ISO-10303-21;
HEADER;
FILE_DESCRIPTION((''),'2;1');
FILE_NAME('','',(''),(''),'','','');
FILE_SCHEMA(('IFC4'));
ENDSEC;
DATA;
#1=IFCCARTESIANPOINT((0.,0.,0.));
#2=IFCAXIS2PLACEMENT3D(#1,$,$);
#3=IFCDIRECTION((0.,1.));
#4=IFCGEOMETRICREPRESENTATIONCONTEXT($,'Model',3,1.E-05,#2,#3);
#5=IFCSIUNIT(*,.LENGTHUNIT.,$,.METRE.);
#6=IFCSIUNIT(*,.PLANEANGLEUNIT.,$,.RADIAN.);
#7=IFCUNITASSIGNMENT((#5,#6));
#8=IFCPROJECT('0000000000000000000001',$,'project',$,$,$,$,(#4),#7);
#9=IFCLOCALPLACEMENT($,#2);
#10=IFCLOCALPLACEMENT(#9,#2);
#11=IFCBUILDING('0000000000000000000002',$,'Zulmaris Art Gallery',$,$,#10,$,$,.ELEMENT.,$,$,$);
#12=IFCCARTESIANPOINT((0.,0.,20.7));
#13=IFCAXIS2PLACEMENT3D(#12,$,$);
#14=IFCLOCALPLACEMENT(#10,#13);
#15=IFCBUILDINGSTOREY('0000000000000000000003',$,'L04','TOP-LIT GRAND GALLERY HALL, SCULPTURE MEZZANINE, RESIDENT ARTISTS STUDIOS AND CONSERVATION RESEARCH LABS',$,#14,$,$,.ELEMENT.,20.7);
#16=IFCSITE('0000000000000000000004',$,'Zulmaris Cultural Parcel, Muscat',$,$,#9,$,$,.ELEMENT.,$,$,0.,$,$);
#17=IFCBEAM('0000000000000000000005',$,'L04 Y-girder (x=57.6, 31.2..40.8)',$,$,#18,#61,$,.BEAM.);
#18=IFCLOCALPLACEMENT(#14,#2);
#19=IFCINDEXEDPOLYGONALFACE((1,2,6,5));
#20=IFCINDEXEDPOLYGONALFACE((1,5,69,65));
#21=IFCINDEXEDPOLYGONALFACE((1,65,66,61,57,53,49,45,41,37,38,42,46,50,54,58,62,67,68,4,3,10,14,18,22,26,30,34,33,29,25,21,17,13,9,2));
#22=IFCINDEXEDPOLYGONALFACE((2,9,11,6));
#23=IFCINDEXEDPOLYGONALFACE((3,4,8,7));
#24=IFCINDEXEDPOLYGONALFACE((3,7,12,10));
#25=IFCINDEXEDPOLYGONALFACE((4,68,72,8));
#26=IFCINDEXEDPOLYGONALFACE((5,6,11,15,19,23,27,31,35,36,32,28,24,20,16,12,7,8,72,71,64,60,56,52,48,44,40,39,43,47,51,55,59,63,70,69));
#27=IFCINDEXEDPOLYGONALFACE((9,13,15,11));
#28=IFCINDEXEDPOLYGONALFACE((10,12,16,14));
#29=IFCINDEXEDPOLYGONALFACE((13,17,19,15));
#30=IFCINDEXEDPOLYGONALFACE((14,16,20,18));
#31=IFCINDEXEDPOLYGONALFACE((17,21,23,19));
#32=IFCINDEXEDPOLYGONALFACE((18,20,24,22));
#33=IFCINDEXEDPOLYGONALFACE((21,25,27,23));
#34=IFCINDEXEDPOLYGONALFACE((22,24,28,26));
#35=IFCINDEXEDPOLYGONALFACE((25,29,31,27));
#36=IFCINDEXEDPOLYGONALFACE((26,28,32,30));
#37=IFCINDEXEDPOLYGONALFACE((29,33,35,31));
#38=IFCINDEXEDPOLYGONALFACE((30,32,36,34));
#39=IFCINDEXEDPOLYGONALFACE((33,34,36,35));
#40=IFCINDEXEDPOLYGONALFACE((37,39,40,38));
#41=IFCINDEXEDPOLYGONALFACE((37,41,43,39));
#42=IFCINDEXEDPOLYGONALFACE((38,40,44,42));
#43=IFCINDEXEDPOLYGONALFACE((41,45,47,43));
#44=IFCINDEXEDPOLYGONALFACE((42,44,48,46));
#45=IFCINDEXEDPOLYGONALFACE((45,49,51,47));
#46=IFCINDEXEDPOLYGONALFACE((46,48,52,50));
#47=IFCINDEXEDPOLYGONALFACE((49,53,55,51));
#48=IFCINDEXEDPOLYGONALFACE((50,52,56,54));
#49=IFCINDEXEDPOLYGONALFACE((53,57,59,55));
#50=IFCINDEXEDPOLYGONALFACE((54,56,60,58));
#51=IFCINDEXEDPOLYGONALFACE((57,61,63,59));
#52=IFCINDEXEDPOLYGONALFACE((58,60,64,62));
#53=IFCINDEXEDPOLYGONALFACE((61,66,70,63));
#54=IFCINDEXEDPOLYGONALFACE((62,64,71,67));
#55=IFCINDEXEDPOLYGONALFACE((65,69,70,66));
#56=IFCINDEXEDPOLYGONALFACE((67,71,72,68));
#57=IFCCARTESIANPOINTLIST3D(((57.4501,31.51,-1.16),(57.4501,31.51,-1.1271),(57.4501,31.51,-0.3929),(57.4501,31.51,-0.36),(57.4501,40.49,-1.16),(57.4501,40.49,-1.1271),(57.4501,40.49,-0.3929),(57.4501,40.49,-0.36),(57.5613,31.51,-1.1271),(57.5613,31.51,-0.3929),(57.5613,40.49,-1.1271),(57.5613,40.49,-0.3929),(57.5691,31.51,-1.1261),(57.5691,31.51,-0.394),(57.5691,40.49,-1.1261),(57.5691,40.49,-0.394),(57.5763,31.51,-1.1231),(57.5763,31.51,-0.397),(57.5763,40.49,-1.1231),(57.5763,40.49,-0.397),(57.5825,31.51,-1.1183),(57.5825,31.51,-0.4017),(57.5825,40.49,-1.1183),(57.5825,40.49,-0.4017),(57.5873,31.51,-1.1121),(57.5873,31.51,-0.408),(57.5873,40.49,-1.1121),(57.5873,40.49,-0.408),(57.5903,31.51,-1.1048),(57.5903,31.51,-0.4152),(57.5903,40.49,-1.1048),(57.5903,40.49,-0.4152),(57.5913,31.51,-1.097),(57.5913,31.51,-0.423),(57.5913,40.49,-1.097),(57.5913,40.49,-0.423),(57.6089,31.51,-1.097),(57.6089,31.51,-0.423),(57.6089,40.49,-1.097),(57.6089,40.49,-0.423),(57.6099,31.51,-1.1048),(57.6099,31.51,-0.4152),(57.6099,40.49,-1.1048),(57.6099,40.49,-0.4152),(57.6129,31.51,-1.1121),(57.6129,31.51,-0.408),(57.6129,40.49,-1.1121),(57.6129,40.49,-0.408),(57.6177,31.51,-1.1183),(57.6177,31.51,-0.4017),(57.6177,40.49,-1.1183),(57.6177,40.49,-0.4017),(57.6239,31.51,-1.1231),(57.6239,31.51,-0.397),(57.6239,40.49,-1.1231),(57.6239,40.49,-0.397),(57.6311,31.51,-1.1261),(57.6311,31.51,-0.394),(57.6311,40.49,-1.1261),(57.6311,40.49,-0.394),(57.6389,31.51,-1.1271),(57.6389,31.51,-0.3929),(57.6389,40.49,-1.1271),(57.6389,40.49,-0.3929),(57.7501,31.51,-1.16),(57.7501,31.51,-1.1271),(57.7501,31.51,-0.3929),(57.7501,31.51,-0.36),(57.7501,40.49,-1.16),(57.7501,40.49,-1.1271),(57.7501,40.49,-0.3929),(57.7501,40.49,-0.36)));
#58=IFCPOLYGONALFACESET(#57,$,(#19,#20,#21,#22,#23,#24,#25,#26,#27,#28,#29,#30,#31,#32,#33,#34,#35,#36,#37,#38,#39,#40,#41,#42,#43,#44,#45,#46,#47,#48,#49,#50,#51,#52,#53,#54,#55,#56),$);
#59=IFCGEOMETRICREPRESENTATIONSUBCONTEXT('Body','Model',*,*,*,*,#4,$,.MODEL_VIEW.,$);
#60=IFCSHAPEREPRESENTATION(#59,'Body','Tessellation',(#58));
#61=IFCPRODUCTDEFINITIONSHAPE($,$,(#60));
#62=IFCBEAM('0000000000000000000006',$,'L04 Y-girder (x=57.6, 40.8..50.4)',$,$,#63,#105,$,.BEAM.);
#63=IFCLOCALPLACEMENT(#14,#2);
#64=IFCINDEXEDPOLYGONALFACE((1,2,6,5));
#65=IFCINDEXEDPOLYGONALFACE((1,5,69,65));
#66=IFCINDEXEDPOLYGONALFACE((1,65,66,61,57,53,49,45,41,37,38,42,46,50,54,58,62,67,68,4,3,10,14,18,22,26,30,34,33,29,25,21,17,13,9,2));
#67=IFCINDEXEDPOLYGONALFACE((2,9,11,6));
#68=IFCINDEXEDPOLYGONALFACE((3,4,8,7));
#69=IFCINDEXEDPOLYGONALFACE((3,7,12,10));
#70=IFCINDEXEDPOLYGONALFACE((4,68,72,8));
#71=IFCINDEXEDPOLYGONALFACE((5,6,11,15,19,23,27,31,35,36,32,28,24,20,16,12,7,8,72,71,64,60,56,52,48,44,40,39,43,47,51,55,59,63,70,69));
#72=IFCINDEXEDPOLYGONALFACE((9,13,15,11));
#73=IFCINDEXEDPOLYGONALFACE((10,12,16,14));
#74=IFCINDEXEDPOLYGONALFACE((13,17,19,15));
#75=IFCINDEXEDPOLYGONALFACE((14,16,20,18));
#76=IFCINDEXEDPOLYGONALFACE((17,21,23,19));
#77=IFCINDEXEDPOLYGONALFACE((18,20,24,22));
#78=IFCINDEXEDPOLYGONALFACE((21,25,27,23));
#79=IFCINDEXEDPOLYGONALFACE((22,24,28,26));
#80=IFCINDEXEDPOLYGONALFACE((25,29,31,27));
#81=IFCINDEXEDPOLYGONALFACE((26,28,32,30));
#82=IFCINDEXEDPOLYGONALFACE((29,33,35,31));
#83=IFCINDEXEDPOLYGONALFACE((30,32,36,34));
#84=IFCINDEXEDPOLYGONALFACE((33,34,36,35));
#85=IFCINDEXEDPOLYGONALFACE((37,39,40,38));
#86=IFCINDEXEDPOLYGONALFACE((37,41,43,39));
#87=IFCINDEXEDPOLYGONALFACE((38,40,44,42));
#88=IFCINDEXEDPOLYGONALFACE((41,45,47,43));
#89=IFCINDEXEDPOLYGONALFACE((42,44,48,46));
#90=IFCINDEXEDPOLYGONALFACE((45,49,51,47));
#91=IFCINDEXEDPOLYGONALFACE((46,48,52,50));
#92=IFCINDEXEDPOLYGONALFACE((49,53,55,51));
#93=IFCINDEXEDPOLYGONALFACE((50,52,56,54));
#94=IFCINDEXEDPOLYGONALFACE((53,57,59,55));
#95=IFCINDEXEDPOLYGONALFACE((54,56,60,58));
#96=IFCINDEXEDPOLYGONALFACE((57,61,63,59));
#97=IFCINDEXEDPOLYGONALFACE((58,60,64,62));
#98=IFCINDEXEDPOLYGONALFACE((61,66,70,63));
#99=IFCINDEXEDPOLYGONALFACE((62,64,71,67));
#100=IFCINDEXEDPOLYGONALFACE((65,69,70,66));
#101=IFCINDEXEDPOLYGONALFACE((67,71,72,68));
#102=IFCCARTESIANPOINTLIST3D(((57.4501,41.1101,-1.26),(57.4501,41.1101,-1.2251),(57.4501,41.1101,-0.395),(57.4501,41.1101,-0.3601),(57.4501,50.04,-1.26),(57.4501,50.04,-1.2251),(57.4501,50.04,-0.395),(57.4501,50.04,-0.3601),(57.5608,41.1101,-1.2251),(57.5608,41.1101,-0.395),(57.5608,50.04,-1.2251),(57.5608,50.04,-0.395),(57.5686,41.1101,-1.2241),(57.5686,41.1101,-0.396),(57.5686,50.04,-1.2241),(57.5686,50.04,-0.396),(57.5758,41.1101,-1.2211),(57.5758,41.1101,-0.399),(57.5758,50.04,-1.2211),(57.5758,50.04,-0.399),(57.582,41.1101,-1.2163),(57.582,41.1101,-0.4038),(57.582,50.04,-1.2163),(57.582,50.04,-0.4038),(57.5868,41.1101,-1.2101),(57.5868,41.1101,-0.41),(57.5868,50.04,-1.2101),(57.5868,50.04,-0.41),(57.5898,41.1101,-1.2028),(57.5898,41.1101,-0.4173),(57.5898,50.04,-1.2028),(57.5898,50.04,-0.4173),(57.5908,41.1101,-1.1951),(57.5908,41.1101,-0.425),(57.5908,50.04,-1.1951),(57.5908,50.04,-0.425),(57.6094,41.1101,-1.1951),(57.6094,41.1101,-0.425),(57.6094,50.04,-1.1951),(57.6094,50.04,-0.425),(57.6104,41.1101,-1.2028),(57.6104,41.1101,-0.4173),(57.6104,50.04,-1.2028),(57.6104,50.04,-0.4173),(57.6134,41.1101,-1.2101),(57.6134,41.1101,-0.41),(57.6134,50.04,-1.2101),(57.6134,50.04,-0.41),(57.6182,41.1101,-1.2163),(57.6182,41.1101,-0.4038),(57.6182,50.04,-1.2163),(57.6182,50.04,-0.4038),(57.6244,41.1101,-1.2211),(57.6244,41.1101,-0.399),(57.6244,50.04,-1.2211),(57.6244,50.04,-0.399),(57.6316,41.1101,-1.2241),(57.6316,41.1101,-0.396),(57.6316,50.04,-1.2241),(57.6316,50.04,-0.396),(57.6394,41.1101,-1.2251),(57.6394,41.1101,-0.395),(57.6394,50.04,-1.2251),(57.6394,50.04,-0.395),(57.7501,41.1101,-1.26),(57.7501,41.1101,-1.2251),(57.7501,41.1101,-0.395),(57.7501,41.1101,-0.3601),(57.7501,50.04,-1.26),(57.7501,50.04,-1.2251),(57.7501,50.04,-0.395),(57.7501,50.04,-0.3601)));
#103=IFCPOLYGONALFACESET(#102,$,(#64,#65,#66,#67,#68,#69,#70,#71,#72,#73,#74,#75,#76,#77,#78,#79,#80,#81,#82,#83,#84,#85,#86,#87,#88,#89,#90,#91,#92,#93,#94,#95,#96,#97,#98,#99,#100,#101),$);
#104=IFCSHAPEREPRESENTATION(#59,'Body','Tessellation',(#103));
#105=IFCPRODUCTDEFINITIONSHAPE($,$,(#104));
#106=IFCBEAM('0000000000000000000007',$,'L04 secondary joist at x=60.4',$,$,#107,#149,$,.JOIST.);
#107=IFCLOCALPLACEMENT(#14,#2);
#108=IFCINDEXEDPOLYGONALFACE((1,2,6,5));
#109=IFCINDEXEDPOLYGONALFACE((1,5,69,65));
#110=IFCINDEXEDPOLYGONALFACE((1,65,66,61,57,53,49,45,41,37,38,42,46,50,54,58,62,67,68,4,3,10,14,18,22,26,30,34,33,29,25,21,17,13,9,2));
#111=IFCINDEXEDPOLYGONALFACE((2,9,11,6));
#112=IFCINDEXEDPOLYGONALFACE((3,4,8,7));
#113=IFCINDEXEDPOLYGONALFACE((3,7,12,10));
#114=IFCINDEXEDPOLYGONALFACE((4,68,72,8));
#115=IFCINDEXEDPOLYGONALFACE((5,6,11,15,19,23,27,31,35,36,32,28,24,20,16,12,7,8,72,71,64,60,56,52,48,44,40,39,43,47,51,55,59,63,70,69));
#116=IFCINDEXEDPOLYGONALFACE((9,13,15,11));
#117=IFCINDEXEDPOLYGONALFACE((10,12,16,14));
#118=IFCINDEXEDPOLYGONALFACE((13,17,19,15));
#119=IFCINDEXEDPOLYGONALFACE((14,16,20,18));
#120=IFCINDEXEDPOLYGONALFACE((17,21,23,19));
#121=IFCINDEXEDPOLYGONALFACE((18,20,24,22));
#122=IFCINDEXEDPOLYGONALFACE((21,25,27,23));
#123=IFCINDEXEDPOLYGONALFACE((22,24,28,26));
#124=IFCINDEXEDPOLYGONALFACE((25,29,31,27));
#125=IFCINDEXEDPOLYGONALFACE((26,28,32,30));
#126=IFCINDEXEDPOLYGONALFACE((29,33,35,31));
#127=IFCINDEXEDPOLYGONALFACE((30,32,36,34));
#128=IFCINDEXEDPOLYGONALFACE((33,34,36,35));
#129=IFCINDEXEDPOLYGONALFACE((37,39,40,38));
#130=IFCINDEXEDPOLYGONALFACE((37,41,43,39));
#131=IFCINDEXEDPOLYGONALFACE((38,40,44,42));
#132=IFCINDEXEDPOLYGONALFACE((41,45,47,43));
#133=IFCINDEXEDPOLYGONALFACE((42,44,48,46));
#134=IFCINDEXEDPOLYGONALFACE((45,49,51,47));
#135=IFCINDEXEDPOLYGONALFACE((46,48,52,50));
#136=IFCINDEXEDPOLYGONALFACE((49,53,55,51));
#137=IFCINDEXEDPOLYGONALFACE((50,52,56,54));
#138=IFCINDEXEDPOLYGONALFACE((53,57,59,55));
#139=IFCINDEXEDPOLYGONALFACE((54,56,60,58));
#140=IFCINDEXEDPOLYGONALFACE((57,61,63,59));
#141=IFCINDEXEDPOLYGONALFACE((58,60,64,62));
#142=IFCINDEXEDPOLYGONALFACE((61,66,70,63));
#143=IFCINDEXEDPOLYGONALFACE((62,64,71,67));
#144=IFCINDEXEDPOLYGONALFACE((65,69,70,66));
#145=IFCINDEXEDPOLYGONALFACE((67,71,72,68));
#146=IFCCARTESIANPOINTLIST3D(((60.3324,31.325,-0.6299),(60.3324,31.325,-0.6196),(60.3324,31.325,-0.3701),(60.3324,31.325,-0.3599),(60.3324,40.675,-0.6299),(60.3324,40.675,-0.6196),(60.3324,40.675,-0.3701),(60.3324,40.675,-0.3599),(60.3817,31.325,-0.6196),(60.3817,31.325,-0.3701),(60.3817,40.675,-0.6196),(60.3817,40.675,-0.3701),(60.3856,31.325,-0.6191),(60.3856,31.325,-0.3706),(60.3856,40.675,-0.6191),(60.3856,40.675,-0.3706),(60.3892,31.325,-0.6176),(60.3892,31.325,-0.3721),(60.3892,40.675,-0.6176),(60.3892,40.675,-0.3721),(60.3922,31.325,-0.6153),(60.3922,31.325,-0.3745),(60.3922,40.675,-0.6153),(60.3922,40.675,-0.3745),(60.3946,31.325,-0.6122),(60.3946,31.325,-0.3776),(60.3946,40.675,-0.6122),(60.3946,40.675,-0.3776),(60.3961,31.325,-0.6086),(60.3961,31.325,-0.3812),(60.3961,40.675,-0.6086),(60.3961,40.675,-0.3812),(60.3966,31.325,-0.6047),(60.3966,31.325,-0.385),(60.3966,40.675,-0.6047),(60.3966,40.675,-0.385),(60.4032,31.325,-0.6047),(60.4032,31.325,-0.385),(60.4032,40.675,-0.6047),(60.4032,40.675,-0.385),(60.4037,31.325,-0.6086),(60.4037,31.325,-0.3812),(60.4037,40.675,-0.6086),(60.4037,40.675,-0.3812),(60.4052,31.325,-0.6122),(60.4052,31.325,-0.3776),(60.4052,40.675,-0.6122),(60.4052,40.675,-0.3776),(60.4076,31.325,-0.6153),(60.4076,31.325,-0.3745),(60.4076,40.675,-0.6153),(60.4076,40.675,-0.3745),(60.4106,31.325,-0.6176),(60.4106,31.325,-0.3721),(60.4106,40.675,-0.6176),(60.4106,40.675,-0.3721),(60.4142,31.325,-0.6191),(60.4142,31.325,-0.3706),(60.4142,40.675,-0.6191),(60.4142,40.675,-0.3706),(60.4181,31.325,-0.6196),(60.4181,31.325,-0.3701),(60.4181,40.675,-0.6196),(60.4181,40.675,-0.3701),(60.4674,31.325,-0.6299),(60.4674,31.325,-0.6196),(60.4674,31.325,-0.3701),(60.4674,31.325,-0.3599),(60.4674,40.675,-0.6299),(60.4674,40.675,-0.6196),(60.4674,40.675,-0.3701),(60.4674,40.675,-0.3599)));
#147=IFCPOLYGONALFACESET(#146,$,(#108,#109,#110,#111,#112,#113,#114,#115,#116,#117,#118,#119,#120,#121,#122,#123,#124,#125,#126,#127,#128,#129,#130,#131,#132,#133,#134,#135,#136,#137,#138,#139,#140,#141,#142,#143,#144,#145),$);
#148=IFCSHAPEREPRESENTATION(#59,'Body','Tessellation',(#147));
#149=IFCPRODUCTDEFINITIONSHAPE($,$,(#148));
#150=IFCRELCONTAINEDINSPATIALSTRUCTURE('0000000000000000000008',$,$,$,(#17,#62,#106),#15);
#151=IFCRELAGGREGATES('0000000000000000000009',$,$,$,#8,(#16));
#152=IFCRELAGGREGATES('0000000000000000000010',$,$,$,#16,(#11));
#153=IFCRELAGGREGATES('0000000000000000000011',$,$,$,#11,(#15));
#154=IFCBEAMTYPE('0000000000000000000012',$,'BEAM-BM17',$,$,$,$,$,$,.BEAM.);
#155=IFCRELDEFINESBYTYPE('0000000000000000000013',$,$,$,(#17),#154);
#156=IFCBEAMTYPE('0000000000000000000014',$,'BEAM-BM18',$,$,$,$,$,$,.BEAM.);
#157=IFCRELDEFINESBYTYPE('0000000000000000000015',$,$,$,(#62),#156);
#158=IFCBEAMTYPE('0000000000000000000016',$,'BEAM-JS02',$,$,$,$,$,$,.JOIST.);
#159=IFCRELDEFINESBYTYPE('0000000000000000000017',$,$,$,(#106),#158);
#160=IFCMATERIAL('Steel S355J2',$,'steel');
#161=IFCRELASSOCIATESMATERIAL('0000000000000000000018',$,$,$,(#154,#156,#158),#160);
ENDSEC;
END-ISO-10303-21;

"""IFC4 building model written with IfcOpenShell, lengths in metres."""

from ifc_helpers import new_model, si_unit, direction, frame, origin, origin_2d, place, context, subcontext, project, spatial, i_section, extrude, material, material_profile, profile_set, type_object, element, save


model = new_model("IFC4")

# Units and contexts
model_context = context("Model", 3, precision=1e-05, world=origin(), true_north=direction((0.0, 1.0)))
body_context = subcontext(model_context, "Body", "Model", "MODEL_VIEW")
ifc_project = project(units=[si_unit("LENGTHUNIT", "METRE"), si_unit("PLANEANGLEUNIT", "RADIAN")], contexts=[model_context])

# Site, building, storey
site_placement = place(None, origin())
site = spatial("IfcSite", under=ifc_project, at=site_placement, Name="Zulmaris Cultural Parcel, Muscat", CompositionType="ELEMENT", RefElevation=0.0)
building_placement = place(site_placement, origin())
building = spatial("IfcBuilding", under=site, at=building_placement, Name="Zulmaris Art Gallery", CompositionType="ELEMENT")
storey_placement = place(building_placement, frame((0.0, 0.0, 20.7)))
storey = spatial("IfcBuildingStorey", under=building, at=storey_placement, Name="L04", Description="TOP-LIT GRAND GALLERY HALL, SCULPTURE MEZZANINE, RESIDENT ARTISTS STUDIOS AND CONSERVATION RESEARCH LABS", CompositionType="ELEMENT", Elevation=20.7)

# Beams
ifc_material_1 = material(Name="Steel S355J2", Category="steel")
ifc_material_profile_1 = material_profile(ifc_material_1, i_section(OverallWidth=0.3, OverallDepth=0.8, WebThickness=0.0176, FlangeThickness=0.033, FilletRadius=0.03, at=origin_2d()), Name="HEB 800")
ifc_profile_set_1 = profile_set([ifc_material_profile_1], Name="Steel S355J2")
beam_type_1 = type_object("IfcBeamType", Name="BEAM-BM17", PredefinedType="BEAM", material=ifc_profile_set_1)
beam_1_placement = place(storey_placement, frame((57.6001, 31.51, -0.76), z_axis=(0.0, 1.0, 0.0), x_axis=(-1.0, 0.0, 0.0)))
element("IfcBeam", 1, at=beam_1_placement, inside=storey, type_object=beam_type_1, Name="L04 Y-girder (x=57.6, 31.2..40.8)", PredefinedType="BEAM", context=body_context, shape_type="SweptSolid", body=[
    extrude(i_section(OverallWidth=0.3, OverallDepth=0.8, WebThickness=0.0176, FlangeThickness=0.033, FilletRadius=0.03, at=origin_2d()), origin(), (0.0, 0.0, 1.0), 8.98),
])
ifc_material_profile_2 = material_profile(ifc_material_1, i_section(OverallWidth=0.3, OverallDepth=0.8999, WebThickness=0.0186, FlangeThickness=0.0349, FilletRadius=0.03, at=origin_2d()), Name="HEB 900")
ifc_profile_set_2 = profile_set([ifc_material_profile_2], Name="Steel S355J2")
beam_type_2 = type_object("IfcBeamType", Name="BEAM-BM18", PredefinedType="BEAM", material=ifc_profile_set_2)
beam_2_placement = place(storey_placement, frame((57.6001, 41.1101, -0.8101), z_axis=(0.0, 1.0, 0.0), x_axis=(-1.0, 0.0, 0.0)))
element("IfcBeam", 2, at=beam_2_placement, inside=storey, type_object=beam_type_2, Name="L04 Y-girder (x=57.6, 40.8..50.4)", PredefinedType="BEAM", context=body_context, shape_type="SweptSolid", body=[
    extrude(i_section(OverallWidth=0.3, OverallDepth=0.8999, WebThickness=0.0186, FlangeThickness=0.0349, FilletRadius=0.03, at=origin_2d()), origin(), (0.0, 0.0, 1.0), 8.9299),
])
ifc_material_profile_3 = material_profile(ifc_material_1, i_section(OverallWidth=0.135, OverallDepth=0.27, WebThickness=0.0066, FlangeThickness=0.0103, FilletRadius=0.0149, at=origin_2d()), Name="IPE 270")
ifc_profile_set_3 = profile_set([ifc_material_profile_3], Name="Steel S355J2")
beam_type_3 = type_object("IfcBeamType", Name="BEAM-JS02", PredefinedType="JOIST", material=ifc_profile_set_3)
beam_3_placement = place(storey_placement, frame((60.3999, 31.325, -0.4949), z_axis=(0.0, 1.0, 0.0), x_axis=(-1.0, 0.0, 0.0)))
element("IfcBeam", 3, at=beam_3_placement, inside=storey, type_object=beam_type_3, Name="L04 secondary joist at x=60.4", PredefinedType="JOIST", context=body_context, shape_type="SweptSolid", body=[
    extrude(i_section(OverallWidth=0.135, OverallDepth=0.27, WebThickness=0.0066, FlangeThickness=0.0103, FilletRadius=0.0149, at=origin_2d()), origin(), (0.0, 0.0, 1.0), 9.3501),
])

save(model, "model.ifc")
